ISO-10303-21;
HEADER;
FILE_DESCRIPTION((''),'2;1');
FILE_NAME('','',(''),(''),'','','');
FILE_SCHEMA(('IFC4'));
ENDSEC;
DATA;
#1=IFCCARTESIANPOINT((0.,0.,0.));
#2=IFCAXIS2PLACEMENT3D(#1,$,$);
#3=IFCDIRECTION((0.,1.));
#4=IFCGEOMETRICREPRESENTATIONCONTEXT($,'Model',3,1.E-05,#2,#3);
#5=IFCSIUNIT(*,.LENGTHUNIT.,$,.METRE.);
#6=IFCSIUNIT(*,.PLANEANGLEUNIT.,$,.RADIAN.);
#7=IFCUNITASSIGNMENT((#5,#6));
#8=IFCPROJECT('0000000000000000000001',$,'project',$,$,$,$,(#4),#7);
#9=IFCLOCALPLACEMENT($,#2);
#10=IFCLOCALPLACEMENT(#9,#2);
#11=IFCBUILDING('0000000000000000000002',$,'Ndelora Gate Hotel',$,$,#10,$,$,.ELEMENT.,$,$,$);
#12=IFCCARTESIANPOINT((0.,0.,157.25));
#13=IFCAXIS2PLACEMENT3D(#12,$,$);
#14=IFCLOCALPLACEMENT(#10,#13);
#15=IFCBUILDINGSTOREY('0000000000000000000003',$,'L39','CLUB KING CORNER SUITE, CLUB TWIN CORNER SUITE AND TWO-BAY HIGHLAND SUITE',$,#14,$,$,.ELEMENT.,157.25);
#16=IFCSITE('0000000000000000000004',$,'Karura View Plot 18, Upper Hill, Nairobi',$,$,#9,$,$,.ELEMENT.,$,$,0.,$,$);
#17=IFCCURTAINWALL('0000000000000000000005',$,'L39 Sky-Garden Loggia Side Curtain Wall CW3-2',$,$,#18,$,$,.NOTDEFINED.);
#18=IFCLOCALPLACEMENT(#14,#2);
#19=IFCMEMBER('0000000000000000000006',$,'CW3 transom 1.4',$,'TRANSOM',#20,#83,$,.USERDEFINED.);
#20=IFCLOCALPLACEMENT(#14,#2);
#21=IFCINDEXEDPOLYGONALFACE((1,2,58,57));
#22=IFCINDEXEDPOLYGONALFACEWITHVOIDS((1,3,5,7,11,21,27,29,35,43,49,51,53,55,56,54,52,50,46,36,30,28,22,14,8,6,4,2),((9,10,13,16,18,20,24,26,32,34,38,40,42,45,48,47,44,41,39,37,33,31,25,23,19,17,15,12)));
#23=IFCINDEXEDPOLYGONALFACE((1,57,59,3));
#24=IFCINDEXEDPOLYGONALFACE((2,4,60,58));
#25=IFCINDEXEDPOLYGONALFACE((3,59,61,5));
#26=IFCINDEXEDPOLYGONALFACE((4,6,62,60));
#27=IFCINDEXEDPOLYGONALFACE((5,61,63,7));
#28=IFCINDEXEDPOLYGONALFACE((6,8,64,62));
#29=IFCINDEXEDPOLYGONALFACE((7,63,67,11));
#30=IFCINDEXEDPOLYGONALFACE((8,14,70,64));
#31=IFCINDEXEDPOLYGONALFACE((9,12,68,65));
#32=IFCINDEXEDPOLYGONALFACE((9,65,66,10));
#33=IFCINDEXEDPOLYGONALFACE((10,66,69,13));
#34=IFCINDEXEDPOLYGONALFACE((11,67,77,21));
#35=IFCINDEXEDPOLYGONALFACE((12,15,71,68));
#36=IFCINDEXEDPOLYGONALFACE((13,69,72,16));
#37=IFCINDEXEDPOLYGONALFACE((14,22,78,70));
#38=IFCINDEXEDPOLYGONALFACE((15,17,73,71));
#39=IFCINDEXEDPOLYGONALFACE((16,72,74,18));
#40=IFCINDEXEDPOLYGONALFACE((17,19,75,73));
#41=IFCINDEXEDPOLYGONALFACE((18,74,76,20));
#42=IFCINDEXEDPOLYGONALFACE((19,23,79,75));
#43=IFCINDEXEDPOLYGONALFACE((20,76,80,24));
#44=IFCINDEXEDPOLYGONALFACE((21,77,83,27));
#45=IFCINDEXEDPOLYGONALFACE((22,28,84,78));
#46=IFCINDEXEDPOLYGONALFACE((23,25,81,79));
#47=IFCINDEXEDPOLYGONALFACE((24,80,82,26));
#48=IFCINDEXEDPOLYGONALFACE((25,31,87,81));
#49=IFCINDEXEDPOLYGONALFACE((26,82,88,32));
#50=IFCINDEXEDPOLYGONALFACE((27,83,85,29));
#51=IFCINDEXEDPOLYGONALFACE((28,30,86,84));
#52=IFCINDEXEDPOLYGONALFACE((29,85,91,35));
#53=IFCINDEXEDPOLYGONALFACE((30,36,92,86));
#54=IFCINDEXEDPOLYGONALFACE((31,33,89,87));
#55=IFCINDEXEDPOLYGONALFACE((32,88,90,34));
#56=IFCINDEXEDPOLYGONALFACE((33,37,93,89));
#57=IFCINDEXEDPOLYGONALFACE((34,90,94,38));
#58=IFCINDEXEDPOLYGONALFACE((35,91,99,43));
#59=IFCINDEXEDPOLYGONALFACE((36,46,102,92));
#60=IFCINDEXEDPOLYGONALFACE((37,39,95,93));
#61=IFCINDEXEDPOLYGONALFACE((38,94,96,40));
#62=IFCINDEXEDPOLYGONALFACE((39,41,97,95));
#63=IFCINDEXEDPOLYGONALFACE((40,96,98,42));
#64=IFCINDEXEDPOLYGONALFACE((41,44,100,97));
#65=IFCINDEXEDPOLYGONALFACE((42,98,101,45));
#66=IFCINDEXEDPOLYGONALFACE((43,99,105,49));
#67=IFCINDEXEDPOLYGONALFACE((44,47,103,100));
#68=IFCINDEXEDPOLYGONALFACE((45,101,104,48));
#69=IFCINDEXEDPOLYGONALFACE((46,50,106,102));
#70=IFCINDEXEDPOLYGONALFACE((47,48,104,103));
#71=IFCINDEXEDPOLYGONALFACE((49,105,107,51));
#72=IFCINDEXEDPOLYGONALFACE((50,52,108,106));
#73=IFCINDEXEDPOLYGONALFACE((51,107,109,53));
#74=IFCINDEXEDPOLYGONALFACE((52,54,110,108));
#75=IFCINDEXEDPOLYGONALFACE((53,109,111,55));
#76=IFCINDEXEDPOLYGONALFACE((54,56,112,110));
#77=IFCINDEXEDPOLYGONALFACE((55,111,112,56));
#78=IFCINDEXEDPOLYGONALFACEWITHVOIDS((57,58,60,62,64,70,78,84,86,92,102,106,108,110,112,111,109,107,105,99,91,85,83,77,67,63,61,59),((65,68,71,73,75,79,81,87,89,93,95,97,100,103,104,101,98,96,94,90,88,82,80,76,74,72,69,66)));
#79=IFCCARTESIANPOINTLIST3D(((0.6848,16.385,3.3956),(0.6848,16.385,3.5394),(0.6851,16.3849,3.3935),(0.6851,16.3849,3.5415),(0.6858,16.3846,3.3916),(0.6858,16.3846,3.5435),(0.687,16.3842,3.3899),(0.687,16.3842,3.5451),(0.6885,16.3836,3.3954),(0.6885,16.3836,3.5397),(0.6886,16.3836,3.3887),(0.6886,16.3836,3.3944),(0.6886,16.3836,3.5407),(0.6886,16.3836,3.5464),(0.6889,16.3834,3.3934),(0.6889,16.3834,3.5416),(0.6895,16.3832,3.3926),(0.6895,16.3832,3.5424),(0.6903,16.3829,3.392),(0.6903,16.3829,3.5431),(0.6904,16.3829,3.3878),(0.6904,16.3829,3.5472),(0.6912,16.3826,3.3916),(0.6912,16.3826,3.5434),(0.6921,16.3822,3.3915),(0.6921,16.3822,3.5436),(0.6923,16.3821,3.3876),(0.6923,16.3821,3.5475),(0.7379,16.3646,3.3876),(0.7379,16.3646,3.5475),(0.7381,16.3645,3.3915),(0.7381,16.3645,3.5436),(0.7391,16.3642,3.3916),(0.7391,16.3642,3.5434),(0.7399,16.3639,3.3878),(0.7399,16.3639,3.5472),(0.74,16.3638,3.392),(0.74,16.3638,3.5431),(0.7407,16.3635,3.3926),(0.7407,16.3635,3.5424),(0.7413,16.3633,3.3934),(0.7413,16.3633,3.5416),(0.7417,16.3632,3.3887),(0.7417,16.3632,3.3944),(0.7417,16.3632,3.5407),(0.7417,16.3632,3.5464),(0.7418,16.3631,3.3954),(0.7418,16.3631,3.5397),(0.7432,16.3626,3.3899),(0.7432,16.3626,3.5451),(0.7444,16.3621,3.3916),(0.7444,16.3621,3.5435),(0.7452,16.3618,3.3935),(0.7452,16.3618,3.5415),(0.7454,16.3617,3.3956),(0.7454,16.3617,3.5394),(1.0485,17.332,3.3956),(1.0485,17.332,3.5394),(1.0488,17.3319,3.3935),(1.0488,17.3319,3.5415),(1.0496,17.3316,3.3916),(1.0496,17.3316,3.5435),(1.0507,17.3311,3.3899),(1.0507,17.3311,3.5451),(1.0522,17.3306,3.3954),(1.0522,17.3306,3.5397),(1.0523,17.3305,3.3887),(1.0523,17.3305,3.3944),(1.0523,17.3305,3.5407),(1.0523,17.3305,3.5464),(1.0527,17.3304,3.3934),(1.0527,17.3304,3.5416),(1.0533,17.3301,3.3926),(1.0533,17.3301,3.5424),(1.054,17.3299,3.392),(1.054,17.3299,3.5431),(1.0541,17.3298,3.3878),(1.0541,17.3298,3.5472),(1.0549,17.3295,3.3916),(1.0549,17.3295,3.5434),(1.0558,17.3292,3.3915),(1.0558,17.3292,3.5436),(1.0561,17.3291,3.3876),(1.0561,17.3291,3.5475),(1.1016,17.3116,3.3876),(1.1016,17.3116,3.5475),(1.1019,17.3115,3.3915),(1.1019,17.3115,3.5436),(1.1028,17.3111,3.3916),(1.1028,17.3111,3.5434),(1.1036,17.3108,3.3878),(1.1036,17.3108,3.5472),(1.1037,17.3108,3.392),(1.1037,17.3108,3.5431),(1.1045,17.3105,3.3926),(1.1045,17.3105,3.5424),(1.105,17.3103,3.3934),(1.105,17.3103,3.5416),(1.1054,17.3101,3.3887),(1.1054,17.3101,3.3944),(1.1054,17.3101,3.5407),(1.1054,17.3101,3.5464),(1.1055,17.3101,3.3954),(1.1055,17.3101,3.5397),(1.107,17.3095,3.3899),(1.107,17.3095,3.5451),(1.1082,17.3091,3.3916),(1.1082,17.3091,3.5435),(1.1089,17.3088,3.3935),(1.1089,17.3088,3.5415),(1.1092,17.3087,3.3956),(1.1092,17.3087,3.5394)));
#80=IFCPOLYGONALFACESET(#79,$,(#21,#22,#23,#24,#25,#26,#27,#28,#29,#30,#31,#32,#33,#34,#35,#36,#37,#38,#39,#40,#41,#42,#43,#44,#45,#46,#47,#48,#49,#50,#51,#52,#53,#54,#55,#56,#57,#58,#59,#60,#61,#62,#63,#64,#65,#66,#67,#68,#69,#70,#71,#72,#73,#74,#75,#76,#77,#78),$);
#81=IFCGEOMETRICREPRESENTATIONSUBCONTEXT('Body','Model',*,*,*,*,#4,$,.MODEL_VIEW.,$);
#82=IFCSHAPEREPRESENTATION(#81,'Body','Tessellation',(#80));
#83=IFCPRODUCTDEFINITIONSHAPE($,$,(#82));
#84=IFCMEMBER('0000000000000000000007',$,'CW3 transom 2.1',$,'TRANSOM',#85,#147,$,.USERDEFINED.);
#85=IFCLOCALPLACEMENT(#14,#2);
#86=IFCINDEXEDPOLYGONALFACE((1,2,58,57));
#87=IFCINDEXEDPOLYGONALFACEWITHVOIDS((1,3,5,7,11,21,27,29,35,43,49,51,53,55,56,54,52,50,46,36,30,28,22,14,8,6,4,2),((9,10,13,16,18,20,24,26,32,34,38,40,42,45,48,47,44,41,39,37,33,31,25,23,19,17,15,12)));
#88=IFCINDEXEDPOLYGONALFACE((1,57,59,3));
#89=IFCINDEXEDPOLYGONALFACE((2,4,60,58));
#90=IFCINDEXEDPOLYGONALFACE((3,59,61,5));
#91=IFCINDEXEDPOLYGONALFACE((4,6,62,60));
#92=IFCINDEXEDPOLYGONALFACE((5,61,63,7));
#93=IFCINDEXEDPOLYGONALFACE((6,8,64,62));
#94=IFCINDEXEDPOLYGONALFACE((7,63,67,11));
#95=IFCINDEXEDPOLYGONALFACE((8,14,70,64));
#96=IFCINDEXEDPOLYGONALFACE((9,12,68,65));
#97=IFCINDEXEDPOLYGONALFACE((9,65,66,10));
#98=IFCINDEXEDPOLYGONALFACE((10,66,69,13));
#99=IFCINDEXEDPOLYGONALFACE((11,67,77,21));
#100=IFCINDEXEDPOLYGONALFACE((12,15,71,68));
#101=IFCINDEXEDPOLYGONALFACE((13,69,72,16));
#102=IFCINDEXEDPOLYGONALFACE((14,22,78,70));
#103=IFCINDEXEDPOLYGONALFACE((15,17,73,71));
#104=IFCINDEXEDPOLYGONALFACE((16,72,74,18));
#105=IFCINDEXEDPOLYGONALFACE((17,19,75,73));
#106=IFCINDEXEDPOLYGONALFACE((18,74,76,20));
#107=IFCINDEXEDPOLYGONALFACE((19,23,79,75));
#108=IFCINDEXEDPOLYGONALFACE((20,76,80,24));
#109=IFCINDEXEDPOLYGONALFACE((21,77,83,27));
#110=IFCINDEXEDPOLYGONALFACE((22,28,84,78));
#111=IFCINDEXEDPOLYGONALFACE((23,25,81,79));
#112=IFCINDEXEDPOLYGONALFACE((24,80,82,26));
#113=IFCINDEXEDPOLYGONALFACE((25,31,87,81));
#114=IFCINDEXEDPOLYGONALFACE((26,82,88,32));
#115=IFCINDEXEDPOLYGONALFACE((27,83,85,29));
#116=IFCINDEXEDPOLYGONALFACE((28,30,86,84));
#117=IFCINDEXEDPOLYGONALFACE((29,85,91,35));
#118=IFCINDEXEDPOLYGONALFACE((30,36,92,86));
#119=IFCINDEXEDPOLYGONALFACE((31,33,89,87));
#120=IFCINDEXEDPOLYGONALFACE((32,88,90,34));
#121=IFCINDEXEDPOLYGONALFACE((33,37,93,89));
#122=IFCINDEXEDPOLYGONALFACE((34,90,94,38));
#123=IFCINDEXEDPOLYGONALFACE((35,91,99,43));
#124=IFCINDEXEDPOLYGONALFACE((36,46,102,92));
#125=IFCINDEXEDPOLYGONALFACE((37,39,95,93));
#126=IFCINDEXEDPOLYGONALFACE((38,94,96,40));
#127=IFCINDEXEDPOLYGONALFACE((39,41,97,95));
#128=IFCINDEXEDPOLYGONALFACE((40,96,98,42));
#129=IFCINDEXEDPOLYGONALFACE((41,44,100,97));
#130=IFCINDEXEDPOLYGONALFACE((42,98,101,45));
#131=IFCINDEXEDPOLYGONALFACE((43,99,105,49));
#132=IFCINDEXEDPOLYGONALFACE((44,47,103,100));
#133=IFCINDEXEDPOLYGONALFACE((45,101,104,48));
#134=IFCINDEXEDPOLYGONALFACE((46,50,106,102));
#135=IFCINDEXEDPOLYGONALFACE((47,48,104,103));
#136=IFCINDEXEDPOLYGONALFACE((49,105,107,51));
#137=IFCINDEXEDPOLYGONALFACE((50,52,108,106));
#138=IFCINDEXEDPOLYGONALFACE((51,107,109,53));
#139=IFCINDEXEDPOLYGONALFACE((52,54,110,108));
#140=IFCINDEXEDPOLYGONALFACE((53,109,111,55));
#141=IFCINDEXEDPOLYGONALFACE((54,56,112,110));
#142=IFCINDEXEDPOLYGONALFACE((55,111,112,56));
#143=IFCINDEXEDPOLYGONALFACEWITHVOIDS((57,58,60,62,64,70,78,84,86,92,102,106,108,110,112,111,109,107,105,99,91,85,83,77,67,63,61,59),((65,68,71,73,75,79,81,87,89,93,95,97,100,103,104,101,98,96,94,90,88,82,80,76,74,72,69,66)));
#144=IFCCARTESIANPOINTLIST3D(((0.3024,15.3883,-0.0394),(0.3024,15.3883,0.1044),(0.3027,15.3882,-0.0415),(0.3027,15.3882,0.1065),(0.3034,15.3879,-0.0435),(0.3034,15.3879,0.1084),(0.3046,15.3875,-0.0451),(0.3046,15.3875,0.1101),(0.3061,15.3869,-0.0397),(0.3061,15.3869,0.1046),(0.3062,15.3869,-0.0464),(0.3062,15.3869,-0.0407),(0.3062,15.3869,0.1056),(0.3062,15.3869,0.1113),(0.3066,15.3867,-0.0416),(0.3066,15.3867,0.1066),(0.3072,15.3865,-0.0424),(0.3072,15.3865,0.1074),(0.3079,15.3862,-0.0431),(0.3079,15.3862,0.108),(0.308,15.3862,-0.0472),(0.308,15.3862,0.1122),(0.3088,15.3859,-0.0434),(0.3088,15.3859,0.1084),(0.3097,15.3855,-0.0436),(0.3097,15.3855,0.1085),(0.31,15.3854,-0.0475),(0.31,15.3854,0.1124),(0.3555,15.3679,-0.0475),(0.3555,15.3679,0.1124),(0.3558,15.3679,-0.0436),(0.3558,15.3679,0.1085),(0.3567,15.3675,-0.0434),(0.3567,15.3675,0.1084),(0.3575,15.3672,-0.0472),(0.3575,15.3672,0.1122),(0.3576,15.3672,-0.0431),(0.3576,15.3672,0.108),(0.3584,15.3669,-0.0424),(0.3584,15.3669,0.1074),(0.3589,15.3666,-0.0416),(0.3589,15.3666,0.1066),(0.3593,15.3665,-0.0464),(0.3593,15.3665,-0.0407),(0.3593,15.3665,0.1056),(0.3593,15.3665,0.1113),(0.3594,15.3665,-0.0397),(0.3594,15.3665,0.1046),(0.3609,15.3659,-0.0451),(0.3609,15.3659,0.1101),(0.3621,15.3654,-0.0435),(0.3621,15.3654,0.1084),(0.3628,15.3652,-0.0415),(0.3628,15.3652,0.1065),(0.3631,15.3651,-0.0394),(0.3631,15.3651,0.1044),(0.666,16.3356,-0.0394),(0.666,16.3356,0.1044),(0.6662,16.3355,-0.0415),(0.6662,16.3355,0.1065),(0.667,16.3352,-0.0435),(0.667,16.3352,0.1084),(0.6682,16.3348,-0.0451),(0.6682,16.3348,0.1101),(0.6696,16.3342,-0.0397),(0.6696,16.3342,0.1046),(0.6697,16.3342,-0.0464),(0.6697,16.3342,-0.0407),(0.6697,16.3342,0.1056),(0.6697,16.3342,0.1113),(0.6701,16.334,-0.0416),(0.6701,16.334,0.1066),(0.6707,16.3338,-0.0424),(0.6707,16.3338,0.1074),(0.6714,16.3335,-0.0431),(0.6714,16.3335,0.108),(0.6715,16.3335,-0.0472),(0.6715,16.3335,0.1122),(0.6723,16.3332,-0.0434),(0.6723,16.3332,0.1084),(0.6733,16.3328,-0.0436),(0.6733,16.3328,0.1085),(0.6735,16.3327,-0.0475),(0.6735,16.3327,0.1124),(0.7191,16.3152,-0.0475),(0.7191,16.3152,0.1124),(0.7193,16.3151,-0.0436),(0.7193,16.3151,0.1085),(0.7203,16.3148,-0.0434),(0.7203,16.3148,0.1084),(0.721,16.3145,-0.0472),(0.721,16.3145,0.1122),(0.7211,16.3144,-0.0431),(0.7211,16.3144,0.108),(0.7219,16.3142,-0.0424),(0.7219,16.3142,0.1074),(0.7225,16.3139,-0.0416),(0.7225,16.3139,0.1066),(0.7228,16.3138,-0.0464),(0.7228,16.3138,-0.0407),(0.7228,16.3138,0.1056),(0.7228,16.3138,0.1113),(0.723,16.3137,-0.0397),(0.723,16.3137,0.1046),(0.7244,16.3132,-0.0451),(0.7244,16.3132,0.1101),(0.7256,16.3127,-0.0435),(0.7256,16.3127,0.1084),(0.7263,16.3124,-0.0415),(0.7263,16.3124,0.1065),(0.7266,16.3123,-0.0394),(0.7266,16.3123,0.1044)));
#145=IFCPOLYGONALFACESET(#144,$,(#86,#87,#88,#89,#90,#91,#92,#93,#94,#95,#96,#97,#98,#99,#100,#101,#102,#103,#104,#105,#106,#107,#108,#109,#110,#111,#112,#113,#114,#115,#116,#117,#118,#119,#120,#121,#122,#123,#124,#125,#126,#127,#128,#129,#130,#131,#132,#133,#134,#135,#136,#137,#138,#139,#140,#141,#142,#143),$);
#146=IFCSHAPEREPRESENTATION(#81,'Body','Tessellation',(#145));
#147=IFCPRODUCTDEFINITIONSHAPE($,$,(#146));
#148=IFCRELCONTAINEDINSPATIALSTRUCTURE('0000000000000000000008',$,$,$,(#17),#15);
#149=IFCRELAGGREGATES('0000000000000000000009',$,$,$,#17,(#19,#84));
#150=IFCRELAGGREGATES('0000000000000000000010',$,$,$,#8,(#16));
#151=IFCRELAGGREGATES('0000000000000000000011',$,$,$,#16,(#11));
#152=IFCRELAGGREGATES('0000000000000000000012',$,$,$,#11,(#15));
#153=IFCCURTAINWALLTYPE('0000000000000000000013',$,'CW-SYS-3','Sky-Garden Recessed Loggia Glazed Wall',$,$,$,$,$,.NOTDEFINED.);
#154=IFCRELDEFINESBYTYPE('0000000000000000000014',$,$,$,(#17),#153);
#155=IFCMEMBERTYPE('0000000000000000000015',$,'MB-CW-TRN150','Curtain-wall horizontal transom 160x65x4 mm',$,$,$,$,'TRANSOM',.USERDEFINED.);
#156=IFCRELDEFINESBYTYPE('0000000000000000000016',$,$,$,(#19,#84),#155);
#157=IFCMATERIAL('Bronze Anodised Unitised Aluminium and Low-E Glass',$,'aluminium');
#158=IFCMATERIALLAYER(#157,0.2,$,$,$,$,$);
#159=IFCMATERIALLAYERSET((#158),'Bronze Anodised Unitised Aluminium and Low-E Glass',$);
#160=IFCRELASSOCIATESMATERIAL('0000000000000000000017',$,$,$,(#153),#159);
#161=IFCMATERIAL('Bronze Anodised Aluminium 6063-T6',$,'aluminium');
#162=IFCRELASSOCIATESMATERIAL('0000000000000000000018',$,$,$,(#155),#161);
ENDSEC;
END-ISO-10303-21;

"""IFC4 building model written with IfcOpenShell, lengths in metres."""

from ifc_helpers import new_model, si_unit, direction, frame, origin, origin_2d, place, context, subcontext, project, spatial, hollow_rectangle, extrude, material, layer, layer_set, material_profile, profile_set, type_object, element, aggregate, save


model = new_model("IFC4")

# Units and contexts
model_context = context("Model", 3, precision=1e-05, world=origin(), true_north=direction((0.0, 1.0)))
body_context = subcontext(model_context, "Body", "Model", "MODEL_VIEW")
ifc_project = project(units=[si_unit("LENGTHUNIT", "METRE"), si_unit("PLANEANGLEUNIT", "RADIAN")], contexts=[model_context])

# Site, building, storey
site_placement = place(None, origin())
site = spatial("IfcSite", under=ifc_project, at=site_placement, Name="Karura View Plot 18, Upper Hill, Nairobi", CompositionType="ELEMENT", RefElevation=0.0)
building_placement = place(site_placement, origin())
building = spatial("IfcBuilding", under=site, at=building_placement, Name="Ndelora Gate Hotel", CompositionType="ELEMENT")
storey_placement = place(building_placement, frame((0.0, 0.0, 157.25)))
storey = spatial("IfcBuildingStorey", under=building, at=storey_placement, Name="L39", Description="CLUB KING CORNER SUITE, CLUB TWIN CORNER SUITE AND TWO-BAY HIGHLAND SUITE", CompositionType="ELEMENT", Elevation=157.25)

# Curtain wall, members
ifc_material_1 = material(Name="Bronze Anodised Unitised Aluminium and Low-E Glass", Category="aluminium")
ifc_layer_1 = layer(ifc_material_1, 0.2)
ifc_layer_set_1 = layer_set([ifc_layer_1], Name="Bronze Anodised Unitised Aluminium and Low-E Glass")
curtain_wall_type = type_object("IfcCurtainWallType", Name="CW-SYS-3", Description="Sky-Garden Recessed Loggia Glazed Wall", PredefinedType="NOTDEFINED", material=ifc_layer_set_1)
curtain_wall_placement = place(storey_placement, origin())
curtain_wall = element("IfcCurtainWall", 1, at=curtain_wall_placement, inside=storey, type_object=curtain_wall_type, Name="L39 Sky-Garden Loggia Side Curtain Wall CW3-2", PredefinedType="NOTDEFINED")
ifc_material_2 = material(Name="Bronze Anodised Aluminium 6063-T6", Category="aluminium")
ifc_material_profile_1 = material_profile(ifc_material_2, hollow_rectangle(XDim=0.0649, YDim=0.1599, WallThickness=0.0039, InnerFilletRadius=0.0039, OuterFilletRadius=0.0081, at=origin_2d()), Name="ALU 160x65x4")
ifc_profile_set_1 = profile_set([ifc_material_profile_1], Name="Bronze Anodised Aluminium 6063-T6")
member_type_1 = type_object("IfcMemberType", Name="MB-CW-TRN150", Description="Curtain-wall horizontal transom 160x65x4 mm", ElementType="TRANSOM", PredefinedType="USERDEFINED", material=ifc_profile_set_1)
member_1_placement = place(storey_placement, frame((1.0789, 17.3203, 3.4675), z_axis=(-0.358576, -0.933501, 0.0), x_axis=(0.933501, -0.358576, 0.0)))
member_1 = element("IfcMember", 2, at=member_1_placement, type_object=member_type_1, Name="CW3 transom 1.4", ObjectType="TRANSOM", PredefinedType="USERDEFINED", context=body_context, shape_type="SweptSolid", body=[
    extrude(hollow_rectangle(XDim=0.0649, YDim=0.1599, WallThickness=0.0039, InnerFilletRadius=0.0039, OuterFilletRadius=0.0081, at=origin_2d()), origin(), (0.0, 0.0, 1.0), 1.0144),
])
member_2_placement = place(storey_placement, frame((0.6963, 16.324, 0.0325), z_axis=(-0.358286, -0.933612, 0.0), x_axis=(0.933612, -0.358286, 0.0)))
member_2 = element("IfcMember", 3, at=member_2_placement, type_object=member_type_1, Name="CW3 transom 2.1", ObjectType="TRANSOM", PredefinedType="USERDEFINED", context=body_context, shape_type="SweptSolid", body=[
    extrude(hollow_rectangle(XDim=0.0649, YDim=0.1599, WallThickness=0.0039, InnerFilletRadius=0.0039, OuterFilletRadius=0.0081, at=origin_2d()), origin(), (0.0, 0.0, 1.0), 1.0146),
])
aggregate(curtain_wall, [member_1, member_2])

save(model, "model.ifc")
